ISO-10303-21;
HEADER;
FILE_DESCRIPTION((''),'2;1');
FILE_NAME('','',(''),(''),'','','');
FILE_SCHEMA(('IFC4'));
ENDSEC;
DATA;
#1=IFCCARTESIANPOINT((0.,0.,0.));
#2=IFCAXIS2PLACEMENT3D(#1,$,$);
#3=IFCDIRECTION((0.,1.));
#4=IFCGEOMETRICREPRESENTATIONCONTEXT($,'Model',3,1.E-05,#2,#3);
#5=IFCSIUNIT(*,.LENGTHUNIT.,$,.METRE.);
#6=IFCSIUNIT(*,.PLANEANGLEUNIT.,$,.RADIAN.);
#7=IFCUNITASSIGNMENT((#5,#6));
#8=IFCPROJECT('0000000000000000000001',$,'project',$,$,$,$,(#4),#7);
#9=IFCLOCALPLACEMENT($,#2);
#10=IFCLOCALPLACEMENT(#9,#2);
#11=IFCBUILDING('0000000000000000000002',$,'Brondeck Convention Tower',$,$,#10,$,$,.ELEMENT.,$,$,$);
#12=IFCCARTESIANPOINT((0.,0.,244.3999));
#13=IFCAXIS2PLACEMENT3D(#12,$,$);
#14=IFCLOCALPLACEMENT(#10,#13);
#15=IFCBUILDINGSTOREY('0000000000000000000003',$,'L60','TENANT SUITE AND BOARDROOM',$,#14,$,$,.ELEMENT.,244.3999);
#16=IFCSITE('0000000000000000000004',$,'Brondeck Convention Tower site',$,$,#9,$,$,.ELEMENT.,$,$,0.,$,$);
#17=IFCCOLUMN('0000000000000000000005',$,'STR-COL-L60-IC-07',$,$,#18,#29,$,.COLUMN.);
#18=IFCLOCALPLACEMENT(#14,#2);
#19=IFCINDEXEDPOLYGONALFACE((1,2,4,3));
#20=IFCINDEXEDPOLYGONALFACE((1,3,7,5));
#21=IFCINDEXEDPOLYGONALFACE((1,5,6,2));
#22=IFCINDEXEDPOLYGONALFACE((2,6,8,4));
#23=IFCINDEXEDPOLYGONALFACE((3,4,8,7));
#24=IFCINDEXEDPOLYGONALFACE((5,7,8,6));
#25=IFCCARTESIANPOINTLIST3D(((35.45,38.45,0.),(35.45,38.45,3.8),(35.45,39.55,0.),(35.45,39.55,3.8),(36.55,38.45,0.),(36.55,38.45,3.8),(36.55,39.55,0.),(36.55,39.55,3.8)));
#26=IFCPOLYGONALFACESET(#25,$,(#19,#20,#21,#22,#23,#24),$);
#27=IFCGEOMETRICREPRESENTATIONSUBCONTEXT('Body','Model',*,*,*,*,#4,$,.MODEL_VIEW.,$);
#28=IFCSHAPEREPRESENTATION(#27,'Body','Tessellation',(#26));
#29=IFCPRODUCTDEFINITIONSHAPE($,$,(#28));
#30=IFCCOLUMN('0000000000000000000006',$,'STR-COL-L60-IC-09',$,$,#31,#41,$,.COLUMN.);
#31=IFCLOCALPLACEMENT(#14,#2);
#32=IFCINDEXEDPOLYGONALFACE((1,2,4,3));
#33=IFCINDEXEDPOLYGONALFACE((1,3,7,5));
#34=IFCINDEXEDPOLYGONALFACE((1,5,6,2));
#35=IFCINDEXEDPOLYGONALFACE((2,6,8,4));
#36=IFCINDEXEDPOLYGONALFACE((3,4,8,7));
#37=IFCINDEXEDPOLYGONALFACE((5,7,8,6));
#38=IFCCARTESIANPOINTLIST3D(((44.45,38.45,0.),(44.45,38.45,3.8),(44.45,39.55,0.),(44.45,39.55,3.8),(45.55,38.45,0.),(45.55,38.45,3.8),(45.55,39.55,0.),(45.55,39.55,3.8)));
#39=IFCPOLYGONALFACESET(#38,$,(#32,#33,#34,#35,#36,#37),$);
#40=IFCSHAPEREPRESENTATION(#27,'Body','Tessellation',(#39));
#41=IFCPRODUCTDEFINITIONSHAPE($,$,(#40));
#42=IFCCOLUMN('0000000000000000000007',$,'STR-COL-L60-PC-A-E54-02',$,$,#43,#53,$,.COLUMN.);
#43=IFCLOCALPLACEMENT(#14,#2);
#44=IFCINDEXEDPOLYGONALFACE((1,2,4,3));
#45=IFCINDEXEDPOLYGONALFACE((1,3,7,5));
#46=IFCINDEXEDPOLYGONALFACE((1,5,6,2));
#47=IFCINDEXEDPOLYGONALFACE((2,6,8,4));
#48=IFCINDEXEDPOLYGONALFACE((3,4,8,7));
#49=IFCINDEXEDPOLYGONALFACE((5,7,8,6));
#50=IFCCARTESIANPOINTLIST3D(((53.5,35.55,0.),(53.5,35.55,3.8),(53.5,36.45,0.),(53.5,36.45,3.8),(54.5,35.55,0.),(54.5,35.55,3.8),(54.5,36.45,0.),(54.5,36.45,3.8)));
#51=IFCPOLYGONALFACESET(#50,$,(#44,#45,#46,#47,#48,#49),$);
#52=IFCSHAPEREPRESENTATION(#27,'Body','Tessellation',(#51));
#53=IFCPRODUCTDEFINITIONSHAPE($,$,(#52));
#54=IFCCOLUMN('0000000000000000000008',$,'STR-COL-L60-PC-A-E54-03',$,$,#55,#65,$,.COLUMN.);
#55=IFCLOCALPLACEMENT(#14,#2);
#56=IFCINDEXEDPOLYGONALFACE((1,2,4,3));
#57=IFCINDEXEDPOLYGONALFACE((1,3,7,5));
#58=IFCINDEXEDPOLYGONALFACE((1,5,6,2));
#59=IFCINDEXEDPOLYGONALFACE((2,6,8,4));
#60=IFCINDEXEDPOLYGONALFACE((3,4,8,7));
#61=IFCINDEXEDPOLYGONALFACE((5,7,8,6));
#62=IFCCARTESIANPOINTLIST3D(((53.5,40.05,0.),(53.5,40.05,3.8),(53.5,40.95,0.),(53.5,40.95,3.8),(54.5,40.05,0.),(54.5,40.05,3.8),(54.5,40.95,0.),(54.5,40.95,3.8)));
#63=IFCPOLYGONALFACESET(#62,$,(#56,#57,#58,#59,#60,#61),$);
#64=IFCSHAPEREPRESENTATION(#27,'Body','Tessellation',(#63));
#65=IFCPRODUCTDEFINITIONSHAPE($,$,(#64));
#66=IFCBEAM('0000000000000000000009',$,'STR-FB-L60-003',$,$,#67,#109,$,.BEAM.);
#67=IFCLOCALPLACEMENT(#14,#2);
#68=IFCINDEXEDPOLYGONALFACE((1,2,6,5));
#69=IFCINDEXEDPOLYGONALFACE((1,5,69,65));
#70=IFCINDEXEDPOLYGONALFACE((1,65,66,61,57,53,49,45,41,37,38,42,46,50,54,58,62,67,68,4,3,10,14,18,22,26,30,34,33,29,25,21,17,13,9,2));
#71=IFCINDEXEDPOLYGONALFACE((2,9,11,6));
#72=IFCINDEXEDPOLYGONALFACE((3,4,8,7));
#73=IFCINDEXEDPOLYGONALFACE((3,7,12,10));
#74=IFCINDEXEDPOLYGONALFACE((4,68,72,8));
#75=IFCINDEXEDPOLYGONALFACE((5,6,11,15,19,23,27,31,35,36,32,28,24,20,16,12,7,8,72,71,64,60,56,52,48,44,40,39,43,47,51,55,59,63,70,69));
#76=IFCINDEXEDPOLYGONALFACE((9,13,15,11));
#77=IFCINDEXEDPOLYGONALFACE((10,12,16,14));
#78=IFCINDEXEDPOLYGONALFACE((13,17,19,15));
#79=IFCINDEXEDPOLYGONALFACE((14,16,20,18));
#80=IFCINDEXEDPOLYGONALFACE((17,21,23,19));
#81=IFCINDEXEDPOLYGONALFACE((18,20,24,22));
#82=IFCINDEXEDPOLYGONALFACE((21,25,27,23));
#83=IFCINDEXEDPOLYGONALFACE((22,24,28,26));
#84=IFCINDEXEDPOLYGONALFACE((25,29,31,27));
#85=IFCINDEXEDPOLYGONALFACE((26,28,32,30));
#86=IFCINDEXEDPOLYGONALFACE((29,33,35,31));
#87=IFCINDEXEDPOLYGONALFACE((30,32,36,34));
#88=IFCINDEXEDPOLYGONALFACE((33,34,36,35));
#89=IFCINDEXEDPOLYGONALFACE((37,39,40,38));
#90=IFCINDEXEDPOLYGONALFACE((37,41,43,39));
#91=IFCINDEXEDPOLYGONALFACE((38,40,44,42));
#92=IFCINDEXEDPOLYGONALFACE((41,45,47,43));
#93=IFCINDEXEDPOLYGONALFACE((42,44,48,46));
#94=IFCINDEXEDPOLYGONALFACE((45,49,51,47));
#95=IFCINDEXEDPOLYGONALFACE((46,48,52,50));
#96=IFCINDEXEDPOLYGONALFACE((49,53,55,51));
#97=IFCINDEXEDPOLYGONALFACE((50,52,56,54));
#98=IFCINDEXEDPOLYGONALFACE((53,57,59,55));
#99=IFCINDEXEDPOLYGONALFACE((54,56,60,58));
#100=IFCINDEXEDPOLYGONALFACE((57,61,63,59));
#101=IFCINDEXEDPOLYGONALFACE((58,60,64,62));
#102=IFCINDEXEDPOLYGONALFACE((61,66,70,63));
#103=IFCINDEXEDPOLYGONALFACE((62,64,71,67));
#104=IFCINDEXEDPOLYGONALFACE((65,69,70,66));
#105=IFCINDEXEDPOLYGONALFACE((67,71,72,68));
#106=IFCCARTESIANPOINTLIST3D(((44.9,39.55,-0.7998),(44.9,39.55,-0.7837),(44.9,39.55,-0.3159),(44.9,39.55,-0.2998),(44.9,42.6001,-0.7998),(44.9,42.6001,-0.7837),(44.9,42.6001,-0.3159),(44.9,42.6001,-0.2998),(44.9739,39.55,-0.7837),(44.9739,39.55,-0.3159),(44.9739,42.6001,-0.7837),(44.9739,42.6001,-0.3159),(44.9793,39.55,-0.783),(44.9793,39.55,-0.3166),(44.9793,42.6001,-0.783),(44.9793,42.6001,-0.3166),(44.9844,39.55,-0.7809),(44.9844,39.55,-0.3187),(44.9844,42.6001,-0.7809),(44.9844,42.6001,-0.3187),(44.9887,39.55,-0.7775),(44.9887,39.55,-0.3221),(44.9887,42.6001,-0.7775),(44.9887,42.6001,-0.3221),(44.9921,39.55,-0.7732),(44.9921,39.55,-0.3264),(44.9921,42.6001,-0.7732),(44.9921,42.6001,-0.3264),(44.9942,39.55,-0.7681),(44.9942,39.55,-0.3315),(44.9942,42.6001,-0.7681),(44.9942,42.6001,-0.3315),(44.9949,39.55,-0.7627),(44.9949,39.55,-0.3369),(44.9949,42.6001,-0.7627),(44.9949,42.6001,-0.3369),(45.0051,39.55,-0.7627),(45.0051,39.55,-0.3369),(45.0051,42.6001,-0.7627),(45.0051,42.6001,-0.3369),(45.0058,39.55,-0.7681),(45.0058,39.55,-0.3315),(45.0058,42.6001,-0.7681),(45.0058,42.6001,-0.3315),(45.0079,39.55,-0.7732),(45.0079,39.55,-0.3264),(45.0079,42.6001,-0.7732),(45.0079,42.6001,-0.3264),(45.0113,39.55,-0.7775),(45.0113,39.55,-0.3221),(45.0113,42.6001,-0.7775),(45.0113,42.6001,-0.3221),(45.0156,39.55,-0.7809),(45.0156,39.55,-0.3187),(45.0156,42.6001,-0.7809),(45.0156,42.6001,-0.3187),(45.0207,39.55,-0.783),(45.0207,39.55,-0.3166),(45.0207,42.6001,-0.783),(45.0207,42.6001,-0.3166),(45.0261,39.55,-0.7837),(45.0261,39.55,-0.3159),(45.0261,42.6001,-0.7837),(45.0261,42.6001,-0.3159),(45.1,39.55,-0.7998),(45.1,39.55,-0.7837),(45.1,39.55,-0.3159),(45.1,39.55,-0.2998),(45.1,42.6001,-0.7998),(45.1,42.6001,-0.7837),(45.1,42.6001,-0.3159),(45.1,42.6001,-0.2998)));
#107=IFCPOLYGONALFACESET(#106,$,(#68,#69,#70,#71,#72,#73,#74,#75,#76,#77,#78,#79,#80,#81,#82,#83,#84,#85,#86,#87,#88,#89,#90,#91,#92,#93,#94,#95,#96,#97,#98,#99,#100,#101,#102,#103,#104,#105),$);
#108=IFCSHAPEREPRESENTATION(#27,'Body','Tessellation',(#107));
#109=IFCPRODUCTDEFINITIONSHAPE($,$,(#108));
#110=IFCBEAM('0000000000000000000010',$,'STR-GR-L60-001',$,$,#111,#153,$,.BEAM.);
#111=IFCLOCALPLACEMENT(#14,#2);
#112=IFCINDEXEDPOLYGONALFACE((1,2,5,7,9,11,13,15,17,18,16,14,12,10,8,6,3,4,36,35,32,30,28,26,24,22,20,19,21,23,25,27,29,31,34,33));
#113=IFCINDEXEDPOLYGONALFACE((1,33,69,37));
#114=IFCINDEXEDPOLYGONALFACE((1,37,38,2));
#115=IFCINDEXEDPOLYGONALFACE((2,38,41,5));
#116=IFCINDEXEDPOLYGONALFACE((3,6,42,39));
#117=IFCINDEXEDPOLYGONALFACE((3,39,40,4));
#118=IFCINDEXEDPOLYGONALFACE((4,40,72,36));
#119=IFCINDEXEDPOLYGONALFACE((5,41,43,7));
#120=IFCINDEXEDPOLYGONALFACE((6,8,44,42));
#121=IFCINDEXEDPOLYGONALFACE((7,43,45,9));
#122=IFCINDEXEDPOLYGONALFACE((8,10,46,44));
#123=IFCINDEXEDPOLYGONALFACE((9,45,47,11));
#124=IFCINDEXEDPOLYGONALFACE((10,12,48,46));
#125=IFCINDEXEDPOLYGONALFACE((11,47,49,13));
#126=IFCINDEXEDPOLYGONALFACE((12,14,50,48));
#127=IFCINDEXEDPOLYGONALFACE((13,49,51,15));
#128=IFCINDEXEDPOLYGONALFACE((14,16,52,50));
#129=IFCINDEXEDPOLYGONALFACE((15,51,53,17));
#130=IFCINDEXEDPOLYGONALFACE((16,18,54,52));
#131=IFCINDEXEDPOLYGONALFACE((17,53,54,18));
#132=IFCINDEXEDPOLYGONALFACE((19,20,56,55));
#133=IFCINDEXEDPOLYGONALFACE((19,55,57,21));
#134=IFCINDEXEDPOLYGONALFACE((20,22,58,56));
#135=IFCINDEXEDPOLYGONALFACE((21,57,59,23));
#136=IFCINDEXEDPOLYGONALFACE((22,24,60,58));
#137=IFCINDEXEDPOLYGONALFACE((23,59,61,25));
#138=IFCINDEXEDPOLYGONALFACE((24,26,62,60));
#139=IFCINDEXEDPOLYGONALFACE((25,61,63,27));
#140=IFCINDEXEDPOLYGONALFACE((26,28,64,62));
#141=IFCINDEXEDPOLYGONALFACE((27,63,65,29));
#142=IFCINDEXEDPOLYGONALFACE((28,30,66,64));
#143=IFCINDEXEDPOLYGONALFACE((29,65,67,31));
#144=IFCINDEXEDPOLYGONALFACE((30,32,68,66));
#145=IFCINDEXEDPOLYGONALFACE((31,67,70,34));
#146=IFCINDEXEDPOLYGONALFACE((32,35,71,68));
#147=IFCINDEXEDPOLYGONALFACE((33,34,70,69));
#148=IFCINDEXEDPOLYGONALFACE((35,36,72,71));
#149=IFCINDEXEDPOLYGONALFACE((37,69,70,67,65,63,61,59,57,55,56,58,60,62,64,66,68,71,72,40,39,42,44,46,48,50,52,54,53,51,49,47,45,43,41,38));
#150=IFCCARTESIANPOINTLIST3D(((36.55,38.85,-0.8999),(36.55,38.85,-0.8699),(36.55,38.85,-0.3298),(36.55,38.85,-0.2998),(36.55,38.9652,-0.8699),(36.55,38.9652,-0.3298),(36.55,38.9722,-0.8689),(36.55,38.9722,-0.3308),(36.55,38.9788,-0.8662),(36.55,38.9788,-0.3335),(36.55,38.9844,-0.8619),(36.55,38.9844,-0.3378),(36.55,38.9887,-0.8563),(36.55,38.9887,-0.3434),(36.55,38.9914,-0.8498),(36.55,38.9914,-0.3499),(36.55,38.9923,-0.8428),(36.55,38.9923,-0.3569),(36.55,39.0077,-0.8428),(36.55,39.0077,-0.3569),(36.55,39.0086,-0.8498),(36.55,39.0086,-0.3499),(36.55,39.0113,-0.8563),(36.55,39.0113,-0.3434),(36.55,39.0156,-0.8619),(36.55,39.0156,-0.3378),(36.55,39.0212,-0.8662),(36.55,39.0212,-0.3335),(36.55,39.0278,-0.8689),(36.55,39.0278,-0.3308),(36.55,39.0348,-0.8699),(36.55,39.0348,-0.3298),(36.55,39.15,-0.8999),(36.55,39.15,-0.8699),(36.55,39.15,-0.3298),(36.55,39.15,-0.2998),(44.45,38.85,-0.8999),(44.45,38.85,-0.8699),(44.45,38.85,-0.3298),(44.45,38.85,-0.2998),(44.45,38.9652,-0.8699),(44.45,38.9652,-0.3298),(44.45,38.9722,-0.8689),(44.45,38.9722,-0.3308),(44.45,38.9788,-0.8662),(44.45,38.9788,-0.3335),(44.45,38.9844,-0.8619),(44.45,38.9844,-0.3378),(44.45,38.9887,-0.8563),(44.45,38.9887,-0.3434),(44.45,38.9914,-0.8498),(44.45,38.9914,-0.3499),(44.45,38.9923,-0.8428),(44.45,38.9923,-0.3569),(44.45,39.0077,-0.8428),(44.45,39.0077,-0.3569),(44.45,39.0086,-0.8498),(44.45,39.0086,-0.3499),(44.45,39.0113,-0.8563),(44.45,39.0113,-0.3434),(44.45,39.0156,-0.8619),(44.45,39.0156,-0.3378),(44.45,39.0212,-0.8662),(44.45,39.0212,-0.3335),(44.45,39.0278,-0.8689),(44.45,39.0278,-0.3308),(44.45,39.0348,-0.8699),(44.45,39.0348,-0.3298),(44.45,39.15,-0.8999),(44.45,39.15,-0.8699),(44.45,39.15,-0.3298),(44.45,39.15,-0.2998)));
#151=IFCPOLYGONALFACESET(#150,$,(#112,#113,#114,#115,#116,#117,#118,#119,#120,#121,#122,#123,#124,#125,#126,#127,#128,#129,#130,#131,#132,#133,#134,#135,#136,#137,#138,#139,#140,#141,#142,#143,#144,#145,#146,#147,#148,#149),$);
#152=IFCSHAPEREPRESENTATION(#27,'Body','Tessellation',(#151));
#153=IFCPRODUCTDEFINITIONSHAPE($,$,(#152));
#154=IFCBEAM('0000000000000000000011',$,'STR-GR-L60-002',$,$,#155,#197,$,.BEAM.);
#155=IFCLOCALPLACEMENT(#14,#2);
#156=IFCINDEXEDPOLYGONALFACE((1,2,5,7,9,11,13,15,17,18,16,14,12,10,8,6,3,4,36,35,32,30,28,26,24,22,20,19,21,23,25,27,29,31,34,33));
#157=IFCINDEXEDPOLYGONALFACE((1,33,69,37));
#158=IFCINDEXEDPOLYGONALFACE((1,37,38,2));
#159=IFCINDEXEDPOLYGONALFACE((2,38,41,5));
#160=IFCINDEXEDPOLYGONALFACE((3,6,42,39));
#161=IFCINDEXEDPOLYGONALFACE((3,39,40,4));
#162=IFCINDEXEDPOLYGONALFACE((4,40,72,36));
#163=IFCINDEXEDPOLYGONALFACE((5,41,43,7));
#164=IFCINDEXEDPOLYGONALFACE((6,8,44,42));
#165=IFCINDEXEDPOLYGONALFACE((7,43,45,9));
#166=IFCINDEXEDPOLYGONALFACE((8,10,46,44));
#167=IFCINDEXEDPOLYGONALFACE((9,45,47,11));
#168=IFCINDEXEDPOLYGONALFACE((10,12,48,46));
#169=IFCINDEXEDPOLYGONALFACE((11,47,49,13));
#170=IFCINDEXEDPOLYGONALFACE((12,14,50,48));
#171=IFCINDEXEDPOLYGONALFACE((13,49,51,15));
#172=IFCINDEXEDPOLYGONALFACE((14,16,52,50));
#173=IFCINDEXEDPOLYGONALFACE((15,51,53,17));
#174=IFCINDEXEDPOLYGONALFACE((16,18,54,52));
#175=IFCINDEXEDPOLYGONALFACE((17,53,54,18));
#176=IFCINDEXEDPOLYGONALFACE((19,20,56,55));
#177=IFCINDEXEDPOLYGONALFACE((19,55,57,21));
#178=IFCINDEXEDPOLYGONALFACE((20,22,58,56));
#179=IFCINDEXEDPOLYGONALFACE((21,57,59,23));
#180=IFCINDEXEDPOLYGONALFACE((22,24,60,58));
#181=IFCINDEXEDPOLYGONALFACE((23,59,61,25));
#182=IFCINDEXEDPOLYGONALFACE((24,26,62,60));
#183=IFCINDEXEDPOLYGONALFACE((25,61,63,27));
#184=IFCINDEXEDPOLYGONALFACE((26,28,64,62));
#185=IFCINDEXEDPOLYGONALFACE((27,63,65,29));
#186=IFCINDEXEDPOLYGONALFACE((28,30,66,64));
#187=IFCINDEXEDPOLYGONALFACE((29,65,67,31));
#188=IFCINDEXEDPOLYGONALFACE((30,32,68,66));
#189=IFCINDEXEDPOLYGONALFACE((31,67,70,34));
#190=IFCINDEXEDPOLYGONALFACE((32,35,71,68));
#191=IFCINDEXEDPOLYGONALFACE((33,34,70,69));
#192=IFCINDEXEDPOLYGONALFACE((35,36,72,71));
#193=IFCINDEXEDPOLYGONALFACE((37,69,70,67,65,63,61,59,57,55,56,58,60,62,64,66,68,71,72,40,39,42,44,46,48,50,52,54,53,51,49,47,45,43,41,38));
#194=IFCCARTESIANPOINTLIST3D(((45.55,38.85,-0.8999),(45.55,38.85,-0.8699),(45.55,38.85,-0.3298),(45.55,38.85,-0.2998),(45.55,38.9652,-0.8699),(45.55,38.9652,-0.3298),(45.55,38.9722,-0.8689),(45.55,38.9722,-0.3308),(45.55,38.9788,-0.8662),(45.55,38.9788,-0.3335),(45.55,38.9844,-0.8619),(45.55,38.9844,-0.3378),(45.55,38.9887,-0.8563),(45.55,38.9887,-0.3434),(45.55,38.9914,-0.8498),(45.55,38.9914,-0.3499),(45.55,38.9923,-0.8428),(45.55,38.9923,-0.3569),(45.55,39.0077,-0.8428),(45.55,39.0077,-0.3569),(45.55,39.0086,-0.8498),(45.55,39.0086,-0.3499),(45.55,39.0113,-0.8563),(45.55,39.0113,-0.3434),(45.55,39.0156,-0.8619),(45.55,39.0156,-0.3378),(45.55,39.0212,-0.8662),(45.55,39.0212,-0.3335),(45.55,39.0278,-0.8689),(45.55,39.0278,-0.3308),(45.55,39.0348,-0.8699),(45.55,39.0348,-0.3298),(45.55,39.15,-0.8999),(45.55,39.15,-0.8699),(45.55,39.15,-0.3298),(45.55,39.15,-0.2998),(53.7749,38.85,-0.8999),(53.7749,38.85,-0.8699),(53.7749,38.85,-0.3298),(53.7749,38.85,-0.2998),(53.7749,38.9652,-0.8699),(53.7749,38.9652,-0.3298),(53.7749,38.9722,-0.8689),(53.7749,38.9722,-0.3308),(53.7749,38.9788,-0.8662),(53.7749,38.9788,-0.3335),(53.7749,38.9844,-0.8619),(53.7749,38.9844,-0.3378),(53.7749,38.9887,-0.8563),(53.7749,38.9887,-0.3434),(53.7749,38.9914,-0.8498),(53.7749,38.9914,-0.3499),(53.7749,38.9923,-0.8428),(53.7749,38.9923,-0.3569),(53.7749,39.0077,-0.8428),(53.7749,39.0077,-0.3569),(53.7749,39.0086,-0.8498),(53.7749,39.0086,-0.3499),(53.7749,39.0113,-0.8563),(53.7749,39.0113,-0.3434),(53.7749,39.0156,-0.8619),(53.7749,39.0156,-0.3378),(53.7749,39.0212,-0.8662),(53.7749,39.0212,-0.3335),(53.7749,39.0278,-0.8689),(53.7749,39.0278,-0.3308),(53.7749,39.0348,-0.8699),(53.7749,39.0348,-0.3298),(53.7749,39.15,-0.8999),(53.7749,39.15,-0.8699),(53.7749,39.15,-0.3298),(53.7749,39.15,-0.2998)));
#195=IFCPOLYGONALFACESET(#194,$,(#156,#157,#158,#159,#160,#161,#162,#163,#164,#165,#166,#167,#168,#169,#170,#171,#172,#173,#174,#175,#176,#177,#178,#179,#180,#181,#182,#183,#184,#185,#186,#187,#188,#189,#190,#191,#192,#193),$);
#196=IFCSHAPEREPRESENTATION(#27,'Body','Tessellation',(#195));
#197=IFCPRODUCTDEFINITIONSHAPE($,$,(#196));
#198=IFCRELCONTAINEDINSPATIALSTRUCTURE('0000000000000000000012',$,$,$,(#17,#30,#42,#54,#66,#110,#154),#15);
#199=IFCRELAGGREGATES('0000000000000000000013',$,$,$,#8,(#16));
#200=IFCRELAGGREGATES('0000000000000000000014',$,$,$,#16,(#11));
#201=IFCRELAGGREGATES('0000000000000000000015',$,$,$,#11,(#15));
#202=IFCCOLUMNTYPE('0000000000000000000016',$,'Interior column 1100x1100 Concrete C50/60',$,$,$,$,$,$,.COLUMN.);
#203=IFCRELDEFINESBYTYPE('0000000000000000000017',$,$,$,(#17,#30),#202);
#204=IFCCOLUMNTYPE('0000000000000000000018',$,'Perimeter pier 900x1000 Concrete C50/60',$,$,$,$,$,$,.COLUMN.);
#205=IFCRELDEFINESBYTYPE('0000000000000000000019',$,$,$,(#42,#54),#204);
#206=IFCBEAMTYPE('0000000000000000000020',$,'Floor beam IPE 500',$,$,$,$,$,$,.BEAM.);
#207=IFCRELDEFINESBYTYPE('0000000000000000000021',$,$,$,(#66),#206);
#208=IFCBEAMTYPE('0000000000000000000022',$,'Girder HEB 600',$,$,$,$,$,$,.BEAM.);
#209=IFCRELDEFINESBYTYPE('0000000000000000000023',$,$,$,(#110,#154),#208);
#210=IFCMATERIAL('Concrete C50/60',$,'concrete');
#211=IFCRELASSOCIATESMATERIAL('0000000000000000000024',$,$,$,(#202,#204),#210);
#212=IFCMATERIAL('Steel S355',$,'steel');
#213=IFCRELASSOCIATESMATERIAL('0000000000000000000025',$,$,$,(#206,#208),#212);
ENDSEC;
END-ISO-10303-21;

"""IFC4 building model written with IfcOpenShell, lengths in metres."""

from ifc_helpers import new_model, si_unit, direction, frame, origin, origin_2d, place, context, subcontext, project, spatial, rectangle, i_section, extrude, material, material_profile, profile_set, type_object, element, save


model = new_model("IFC4")

# Units and contexts
model_context = context("Model", 3, precision=1e-05, world=origin(), true_north=direction((0.0, 1.0)))
body_context = subcontext(model_context, "Body", "Model", "MODEL_VIEW")
ifc_project = project(units=[si_unit("LENGTHUNIT", "METRE"), si_unit("PLANEANGLEUNIT", "RADIAN")], contexts=[model_context])

# Site, building, storey
site_placement = place(None, origin())
site = spatial("IfcSite", under=ifc_project, at=site_placement, Name="Brondeck Convention Tower site", CompositionType="ELEMENT", RefElevation=0.0)
building_placement = place(site_placement, origin())
building = spatial("IfcBuilding", under=site, at=building_placement, Name="Brondeck Convention Tower", CompositionType="ELEMENT")
storey_placement = place(building_placement, frame((0.0, 0.0, 244.3999)))
storey = spatial("IfcBuildingStorey", under=building, at=storey_placement, Name="L60", Description="TENANT SUITE AND BOARDROOM", CompositionType="ELEMENT", Elevation=244.3999)

# Columns
ifc_material_1 = material(Name="Concrete C50/60", Category="concrete")
ifc_material_profile_1 = material_profile(ifc_material_1, rectangle(XDim=1.1001, YDim=1.1001, at=origin_2d()), Name="Interior column 1100x1100 Concrete C50/60")
ifc_profile_set_1 = profile_set([ifc_material_profile_1], Name="Concrete C50/60")
column_type_1 = type_object("IfcColumnType", Name="Interior column 1100x1100 Concrete C50/60", PredefinedType="COLUMN", material=ifc_profile_set_1)
for number, where, z_axis, x_axis, name in (
    (1, (36.0, 39.0, 0.0), (0.0, 0.0, 1.0), (1.0, 0.0, 0.0), "STR-COL-L60-IC-07"),
    (2, (45.0, 39.0, 0.0), (0.0, 0.0, 1.0), (1.0, 0.0, 0.0), "STR-COL-L60-IC-09"),
):
    element("IfcColumn", number, at=place(storey_placement, frame(where, z_axis=z_axis, x_axis=x_axis)), inside=storey, type_object=column_type_1, Name=name, PredefinedType="COLUMN", context=body_context, shape_type="SweptSolid", body=[
        extrude(rectangle(XDim=1.1001, YDim=1.1001, at=origin_2d()), origin(), (0.0, 0.0, 1.0), 3.8),
    ])
ifc_material_profile_2 = material_profile(ifc_material_1, rectangle(XDim=0.8999, YDim=1.0, at=origin_2d()), Name="Perimeter pier 900x1000 Concrete C50/60")
ifc_profile_set_2 = profile_set([ifc_material_profile_2], Name="Concrete C50/60")
column_type_2 = type_object("IfcColumnType", Name="Perimeter pier 900x1000 Concrete C50/60", PredefinedType="COLUMN", material=ifc_profile_set_2)
for number, where, z_axis, x_axis, name in (
    (3, (54.0, 36.0, 0.0), (0.0, 0.0, 1.0), (0.0, 1.0, 0.0), "STR-COL-L60-PC-A-E54-02"),
    (4, (54.0, 40.5, 0.0), (0.0, 0.0, 1.0), (0.0, 1.0, 0.0), "STR-COL-L60-PC-A-E54-03"),
):
    element("IfcColumn", number, at=place(storey_placement, frame(where, z_axis=z_axis, x_axis=x_axis)), inside=storey, type_object=column_type_2, Name=name, PredefinedType="COLUMN", context=body_context, shape_type="SweptSolid", body=[
        extrude(rectangle(XDim=0.8999, YDim=1.0, at=origin_2d()), origin(), (0.0, 0.0, 1.0), 3.8),
    ])

# Beams
ifc_material_2 = material(Name="Steel S355", Category="steel")
ifc_material_profile_3 = material_profile(ifc_material_2, i_section(OverallWidth=0.2, OverallDepth=0.5, WebThickness=0.0103, FlangeThickness=0.0161, FilletRadius=0.021, at=origin_2d()), Name="IPE 500")
ifc_profile_set_3 = profile_set([ifc_material_profile_3], Name="Steel S355")
beam_type_1 = type_object("IfcBeamType", Name="Floor beam IPE 500", PredefinedType="BEAM", material=ifc_profile_set_3)
beam_1_placement = place(storey_placement, frame((45.0, 39.55, -0.5498), z_axis=(0.0, 1.0, 0.0), x_axis=(-1.0, 0.0, 0.0)))
element("IfcBeam", 5, at=beam_1_placement, inside=storey, type_object=beam_type_1, Name="STR-FB-L60-003", PredefinedType="BEAM", context=body_context, shape_type="SweptSolid", body=[
    extrude(i_section(OverallWidth=0.2, OverallDepth=0.5, WebThickness=0.0103, FlangeThickness=0.0161, FilletRadius=0.021, at=origin_2d()), origin(), (0.0, 0.0, 1.0), 3.05),
])
ifc_material_profile_4 = material_profile(ifc_material_2, i_section(OverallWidth=0.3, OverallDepth=0.6001, WebThickness=0.0154, FlangeThickness=0.03, FilletRadius=0.0271, at=origin_2d()), Name="HEB 600")
ifc_profile_set_4 = profile_set([ifc_material_profile_4], Name="Steel S355")
beam_type_2 = type_object("IfcBeamType", Name="Girder HEB 600", PredefinedType="BEAM", material=ifc_profile_set_4)
beam_2_placement = place(storey_placement, frame((36.55, 39.0, -0.5999), z_axis=(1.0, 0.0, 0.0), x_axis=(0.0, 1.0, 0.0)))
element("IfcBeam", 6, at=beam_2_placement, inside=storey, type_object=beam_type_2, Name="STR-GR-L60-001", PredefinedType="BEAM", context=body_context, shape_type="SweptSolid", body=[
    extrude(i_section(OverallWidth=0.3, OverallDepth=0.6001, WebThickness=0.0154, FlangeThickness=0.03, FilletRadius=0.0271, at=origin_2d()), origin(), (0.0, 0.0, 1.0), 7.8999),
])
beam_3_placement = place(storey_placement, frame((45.55, 39.0, -0.5999), z_axis=(1.0, 0.0, 0.0), x_axis=(0.0, 1.0, 0.0)))
element("IfcBeam", 7, at=beam_3_placement, inside=storey, type_object=beam_type_2, Name="STR-GR-L60-002", PredefinedType="BEAM", context=body_context, shape_type="SweptSolid", body=[
    extrude(i_section(OverallWidth=0.3, OverallDepth=0.6001, WebThickness=0.0154, FlangeThickness=0.03, FilletRadius=0.0271, at=origin_2d()), origin(), (0.0, 0.0, 1.0), 8.2249),
])

save(model, "model.ifc")
